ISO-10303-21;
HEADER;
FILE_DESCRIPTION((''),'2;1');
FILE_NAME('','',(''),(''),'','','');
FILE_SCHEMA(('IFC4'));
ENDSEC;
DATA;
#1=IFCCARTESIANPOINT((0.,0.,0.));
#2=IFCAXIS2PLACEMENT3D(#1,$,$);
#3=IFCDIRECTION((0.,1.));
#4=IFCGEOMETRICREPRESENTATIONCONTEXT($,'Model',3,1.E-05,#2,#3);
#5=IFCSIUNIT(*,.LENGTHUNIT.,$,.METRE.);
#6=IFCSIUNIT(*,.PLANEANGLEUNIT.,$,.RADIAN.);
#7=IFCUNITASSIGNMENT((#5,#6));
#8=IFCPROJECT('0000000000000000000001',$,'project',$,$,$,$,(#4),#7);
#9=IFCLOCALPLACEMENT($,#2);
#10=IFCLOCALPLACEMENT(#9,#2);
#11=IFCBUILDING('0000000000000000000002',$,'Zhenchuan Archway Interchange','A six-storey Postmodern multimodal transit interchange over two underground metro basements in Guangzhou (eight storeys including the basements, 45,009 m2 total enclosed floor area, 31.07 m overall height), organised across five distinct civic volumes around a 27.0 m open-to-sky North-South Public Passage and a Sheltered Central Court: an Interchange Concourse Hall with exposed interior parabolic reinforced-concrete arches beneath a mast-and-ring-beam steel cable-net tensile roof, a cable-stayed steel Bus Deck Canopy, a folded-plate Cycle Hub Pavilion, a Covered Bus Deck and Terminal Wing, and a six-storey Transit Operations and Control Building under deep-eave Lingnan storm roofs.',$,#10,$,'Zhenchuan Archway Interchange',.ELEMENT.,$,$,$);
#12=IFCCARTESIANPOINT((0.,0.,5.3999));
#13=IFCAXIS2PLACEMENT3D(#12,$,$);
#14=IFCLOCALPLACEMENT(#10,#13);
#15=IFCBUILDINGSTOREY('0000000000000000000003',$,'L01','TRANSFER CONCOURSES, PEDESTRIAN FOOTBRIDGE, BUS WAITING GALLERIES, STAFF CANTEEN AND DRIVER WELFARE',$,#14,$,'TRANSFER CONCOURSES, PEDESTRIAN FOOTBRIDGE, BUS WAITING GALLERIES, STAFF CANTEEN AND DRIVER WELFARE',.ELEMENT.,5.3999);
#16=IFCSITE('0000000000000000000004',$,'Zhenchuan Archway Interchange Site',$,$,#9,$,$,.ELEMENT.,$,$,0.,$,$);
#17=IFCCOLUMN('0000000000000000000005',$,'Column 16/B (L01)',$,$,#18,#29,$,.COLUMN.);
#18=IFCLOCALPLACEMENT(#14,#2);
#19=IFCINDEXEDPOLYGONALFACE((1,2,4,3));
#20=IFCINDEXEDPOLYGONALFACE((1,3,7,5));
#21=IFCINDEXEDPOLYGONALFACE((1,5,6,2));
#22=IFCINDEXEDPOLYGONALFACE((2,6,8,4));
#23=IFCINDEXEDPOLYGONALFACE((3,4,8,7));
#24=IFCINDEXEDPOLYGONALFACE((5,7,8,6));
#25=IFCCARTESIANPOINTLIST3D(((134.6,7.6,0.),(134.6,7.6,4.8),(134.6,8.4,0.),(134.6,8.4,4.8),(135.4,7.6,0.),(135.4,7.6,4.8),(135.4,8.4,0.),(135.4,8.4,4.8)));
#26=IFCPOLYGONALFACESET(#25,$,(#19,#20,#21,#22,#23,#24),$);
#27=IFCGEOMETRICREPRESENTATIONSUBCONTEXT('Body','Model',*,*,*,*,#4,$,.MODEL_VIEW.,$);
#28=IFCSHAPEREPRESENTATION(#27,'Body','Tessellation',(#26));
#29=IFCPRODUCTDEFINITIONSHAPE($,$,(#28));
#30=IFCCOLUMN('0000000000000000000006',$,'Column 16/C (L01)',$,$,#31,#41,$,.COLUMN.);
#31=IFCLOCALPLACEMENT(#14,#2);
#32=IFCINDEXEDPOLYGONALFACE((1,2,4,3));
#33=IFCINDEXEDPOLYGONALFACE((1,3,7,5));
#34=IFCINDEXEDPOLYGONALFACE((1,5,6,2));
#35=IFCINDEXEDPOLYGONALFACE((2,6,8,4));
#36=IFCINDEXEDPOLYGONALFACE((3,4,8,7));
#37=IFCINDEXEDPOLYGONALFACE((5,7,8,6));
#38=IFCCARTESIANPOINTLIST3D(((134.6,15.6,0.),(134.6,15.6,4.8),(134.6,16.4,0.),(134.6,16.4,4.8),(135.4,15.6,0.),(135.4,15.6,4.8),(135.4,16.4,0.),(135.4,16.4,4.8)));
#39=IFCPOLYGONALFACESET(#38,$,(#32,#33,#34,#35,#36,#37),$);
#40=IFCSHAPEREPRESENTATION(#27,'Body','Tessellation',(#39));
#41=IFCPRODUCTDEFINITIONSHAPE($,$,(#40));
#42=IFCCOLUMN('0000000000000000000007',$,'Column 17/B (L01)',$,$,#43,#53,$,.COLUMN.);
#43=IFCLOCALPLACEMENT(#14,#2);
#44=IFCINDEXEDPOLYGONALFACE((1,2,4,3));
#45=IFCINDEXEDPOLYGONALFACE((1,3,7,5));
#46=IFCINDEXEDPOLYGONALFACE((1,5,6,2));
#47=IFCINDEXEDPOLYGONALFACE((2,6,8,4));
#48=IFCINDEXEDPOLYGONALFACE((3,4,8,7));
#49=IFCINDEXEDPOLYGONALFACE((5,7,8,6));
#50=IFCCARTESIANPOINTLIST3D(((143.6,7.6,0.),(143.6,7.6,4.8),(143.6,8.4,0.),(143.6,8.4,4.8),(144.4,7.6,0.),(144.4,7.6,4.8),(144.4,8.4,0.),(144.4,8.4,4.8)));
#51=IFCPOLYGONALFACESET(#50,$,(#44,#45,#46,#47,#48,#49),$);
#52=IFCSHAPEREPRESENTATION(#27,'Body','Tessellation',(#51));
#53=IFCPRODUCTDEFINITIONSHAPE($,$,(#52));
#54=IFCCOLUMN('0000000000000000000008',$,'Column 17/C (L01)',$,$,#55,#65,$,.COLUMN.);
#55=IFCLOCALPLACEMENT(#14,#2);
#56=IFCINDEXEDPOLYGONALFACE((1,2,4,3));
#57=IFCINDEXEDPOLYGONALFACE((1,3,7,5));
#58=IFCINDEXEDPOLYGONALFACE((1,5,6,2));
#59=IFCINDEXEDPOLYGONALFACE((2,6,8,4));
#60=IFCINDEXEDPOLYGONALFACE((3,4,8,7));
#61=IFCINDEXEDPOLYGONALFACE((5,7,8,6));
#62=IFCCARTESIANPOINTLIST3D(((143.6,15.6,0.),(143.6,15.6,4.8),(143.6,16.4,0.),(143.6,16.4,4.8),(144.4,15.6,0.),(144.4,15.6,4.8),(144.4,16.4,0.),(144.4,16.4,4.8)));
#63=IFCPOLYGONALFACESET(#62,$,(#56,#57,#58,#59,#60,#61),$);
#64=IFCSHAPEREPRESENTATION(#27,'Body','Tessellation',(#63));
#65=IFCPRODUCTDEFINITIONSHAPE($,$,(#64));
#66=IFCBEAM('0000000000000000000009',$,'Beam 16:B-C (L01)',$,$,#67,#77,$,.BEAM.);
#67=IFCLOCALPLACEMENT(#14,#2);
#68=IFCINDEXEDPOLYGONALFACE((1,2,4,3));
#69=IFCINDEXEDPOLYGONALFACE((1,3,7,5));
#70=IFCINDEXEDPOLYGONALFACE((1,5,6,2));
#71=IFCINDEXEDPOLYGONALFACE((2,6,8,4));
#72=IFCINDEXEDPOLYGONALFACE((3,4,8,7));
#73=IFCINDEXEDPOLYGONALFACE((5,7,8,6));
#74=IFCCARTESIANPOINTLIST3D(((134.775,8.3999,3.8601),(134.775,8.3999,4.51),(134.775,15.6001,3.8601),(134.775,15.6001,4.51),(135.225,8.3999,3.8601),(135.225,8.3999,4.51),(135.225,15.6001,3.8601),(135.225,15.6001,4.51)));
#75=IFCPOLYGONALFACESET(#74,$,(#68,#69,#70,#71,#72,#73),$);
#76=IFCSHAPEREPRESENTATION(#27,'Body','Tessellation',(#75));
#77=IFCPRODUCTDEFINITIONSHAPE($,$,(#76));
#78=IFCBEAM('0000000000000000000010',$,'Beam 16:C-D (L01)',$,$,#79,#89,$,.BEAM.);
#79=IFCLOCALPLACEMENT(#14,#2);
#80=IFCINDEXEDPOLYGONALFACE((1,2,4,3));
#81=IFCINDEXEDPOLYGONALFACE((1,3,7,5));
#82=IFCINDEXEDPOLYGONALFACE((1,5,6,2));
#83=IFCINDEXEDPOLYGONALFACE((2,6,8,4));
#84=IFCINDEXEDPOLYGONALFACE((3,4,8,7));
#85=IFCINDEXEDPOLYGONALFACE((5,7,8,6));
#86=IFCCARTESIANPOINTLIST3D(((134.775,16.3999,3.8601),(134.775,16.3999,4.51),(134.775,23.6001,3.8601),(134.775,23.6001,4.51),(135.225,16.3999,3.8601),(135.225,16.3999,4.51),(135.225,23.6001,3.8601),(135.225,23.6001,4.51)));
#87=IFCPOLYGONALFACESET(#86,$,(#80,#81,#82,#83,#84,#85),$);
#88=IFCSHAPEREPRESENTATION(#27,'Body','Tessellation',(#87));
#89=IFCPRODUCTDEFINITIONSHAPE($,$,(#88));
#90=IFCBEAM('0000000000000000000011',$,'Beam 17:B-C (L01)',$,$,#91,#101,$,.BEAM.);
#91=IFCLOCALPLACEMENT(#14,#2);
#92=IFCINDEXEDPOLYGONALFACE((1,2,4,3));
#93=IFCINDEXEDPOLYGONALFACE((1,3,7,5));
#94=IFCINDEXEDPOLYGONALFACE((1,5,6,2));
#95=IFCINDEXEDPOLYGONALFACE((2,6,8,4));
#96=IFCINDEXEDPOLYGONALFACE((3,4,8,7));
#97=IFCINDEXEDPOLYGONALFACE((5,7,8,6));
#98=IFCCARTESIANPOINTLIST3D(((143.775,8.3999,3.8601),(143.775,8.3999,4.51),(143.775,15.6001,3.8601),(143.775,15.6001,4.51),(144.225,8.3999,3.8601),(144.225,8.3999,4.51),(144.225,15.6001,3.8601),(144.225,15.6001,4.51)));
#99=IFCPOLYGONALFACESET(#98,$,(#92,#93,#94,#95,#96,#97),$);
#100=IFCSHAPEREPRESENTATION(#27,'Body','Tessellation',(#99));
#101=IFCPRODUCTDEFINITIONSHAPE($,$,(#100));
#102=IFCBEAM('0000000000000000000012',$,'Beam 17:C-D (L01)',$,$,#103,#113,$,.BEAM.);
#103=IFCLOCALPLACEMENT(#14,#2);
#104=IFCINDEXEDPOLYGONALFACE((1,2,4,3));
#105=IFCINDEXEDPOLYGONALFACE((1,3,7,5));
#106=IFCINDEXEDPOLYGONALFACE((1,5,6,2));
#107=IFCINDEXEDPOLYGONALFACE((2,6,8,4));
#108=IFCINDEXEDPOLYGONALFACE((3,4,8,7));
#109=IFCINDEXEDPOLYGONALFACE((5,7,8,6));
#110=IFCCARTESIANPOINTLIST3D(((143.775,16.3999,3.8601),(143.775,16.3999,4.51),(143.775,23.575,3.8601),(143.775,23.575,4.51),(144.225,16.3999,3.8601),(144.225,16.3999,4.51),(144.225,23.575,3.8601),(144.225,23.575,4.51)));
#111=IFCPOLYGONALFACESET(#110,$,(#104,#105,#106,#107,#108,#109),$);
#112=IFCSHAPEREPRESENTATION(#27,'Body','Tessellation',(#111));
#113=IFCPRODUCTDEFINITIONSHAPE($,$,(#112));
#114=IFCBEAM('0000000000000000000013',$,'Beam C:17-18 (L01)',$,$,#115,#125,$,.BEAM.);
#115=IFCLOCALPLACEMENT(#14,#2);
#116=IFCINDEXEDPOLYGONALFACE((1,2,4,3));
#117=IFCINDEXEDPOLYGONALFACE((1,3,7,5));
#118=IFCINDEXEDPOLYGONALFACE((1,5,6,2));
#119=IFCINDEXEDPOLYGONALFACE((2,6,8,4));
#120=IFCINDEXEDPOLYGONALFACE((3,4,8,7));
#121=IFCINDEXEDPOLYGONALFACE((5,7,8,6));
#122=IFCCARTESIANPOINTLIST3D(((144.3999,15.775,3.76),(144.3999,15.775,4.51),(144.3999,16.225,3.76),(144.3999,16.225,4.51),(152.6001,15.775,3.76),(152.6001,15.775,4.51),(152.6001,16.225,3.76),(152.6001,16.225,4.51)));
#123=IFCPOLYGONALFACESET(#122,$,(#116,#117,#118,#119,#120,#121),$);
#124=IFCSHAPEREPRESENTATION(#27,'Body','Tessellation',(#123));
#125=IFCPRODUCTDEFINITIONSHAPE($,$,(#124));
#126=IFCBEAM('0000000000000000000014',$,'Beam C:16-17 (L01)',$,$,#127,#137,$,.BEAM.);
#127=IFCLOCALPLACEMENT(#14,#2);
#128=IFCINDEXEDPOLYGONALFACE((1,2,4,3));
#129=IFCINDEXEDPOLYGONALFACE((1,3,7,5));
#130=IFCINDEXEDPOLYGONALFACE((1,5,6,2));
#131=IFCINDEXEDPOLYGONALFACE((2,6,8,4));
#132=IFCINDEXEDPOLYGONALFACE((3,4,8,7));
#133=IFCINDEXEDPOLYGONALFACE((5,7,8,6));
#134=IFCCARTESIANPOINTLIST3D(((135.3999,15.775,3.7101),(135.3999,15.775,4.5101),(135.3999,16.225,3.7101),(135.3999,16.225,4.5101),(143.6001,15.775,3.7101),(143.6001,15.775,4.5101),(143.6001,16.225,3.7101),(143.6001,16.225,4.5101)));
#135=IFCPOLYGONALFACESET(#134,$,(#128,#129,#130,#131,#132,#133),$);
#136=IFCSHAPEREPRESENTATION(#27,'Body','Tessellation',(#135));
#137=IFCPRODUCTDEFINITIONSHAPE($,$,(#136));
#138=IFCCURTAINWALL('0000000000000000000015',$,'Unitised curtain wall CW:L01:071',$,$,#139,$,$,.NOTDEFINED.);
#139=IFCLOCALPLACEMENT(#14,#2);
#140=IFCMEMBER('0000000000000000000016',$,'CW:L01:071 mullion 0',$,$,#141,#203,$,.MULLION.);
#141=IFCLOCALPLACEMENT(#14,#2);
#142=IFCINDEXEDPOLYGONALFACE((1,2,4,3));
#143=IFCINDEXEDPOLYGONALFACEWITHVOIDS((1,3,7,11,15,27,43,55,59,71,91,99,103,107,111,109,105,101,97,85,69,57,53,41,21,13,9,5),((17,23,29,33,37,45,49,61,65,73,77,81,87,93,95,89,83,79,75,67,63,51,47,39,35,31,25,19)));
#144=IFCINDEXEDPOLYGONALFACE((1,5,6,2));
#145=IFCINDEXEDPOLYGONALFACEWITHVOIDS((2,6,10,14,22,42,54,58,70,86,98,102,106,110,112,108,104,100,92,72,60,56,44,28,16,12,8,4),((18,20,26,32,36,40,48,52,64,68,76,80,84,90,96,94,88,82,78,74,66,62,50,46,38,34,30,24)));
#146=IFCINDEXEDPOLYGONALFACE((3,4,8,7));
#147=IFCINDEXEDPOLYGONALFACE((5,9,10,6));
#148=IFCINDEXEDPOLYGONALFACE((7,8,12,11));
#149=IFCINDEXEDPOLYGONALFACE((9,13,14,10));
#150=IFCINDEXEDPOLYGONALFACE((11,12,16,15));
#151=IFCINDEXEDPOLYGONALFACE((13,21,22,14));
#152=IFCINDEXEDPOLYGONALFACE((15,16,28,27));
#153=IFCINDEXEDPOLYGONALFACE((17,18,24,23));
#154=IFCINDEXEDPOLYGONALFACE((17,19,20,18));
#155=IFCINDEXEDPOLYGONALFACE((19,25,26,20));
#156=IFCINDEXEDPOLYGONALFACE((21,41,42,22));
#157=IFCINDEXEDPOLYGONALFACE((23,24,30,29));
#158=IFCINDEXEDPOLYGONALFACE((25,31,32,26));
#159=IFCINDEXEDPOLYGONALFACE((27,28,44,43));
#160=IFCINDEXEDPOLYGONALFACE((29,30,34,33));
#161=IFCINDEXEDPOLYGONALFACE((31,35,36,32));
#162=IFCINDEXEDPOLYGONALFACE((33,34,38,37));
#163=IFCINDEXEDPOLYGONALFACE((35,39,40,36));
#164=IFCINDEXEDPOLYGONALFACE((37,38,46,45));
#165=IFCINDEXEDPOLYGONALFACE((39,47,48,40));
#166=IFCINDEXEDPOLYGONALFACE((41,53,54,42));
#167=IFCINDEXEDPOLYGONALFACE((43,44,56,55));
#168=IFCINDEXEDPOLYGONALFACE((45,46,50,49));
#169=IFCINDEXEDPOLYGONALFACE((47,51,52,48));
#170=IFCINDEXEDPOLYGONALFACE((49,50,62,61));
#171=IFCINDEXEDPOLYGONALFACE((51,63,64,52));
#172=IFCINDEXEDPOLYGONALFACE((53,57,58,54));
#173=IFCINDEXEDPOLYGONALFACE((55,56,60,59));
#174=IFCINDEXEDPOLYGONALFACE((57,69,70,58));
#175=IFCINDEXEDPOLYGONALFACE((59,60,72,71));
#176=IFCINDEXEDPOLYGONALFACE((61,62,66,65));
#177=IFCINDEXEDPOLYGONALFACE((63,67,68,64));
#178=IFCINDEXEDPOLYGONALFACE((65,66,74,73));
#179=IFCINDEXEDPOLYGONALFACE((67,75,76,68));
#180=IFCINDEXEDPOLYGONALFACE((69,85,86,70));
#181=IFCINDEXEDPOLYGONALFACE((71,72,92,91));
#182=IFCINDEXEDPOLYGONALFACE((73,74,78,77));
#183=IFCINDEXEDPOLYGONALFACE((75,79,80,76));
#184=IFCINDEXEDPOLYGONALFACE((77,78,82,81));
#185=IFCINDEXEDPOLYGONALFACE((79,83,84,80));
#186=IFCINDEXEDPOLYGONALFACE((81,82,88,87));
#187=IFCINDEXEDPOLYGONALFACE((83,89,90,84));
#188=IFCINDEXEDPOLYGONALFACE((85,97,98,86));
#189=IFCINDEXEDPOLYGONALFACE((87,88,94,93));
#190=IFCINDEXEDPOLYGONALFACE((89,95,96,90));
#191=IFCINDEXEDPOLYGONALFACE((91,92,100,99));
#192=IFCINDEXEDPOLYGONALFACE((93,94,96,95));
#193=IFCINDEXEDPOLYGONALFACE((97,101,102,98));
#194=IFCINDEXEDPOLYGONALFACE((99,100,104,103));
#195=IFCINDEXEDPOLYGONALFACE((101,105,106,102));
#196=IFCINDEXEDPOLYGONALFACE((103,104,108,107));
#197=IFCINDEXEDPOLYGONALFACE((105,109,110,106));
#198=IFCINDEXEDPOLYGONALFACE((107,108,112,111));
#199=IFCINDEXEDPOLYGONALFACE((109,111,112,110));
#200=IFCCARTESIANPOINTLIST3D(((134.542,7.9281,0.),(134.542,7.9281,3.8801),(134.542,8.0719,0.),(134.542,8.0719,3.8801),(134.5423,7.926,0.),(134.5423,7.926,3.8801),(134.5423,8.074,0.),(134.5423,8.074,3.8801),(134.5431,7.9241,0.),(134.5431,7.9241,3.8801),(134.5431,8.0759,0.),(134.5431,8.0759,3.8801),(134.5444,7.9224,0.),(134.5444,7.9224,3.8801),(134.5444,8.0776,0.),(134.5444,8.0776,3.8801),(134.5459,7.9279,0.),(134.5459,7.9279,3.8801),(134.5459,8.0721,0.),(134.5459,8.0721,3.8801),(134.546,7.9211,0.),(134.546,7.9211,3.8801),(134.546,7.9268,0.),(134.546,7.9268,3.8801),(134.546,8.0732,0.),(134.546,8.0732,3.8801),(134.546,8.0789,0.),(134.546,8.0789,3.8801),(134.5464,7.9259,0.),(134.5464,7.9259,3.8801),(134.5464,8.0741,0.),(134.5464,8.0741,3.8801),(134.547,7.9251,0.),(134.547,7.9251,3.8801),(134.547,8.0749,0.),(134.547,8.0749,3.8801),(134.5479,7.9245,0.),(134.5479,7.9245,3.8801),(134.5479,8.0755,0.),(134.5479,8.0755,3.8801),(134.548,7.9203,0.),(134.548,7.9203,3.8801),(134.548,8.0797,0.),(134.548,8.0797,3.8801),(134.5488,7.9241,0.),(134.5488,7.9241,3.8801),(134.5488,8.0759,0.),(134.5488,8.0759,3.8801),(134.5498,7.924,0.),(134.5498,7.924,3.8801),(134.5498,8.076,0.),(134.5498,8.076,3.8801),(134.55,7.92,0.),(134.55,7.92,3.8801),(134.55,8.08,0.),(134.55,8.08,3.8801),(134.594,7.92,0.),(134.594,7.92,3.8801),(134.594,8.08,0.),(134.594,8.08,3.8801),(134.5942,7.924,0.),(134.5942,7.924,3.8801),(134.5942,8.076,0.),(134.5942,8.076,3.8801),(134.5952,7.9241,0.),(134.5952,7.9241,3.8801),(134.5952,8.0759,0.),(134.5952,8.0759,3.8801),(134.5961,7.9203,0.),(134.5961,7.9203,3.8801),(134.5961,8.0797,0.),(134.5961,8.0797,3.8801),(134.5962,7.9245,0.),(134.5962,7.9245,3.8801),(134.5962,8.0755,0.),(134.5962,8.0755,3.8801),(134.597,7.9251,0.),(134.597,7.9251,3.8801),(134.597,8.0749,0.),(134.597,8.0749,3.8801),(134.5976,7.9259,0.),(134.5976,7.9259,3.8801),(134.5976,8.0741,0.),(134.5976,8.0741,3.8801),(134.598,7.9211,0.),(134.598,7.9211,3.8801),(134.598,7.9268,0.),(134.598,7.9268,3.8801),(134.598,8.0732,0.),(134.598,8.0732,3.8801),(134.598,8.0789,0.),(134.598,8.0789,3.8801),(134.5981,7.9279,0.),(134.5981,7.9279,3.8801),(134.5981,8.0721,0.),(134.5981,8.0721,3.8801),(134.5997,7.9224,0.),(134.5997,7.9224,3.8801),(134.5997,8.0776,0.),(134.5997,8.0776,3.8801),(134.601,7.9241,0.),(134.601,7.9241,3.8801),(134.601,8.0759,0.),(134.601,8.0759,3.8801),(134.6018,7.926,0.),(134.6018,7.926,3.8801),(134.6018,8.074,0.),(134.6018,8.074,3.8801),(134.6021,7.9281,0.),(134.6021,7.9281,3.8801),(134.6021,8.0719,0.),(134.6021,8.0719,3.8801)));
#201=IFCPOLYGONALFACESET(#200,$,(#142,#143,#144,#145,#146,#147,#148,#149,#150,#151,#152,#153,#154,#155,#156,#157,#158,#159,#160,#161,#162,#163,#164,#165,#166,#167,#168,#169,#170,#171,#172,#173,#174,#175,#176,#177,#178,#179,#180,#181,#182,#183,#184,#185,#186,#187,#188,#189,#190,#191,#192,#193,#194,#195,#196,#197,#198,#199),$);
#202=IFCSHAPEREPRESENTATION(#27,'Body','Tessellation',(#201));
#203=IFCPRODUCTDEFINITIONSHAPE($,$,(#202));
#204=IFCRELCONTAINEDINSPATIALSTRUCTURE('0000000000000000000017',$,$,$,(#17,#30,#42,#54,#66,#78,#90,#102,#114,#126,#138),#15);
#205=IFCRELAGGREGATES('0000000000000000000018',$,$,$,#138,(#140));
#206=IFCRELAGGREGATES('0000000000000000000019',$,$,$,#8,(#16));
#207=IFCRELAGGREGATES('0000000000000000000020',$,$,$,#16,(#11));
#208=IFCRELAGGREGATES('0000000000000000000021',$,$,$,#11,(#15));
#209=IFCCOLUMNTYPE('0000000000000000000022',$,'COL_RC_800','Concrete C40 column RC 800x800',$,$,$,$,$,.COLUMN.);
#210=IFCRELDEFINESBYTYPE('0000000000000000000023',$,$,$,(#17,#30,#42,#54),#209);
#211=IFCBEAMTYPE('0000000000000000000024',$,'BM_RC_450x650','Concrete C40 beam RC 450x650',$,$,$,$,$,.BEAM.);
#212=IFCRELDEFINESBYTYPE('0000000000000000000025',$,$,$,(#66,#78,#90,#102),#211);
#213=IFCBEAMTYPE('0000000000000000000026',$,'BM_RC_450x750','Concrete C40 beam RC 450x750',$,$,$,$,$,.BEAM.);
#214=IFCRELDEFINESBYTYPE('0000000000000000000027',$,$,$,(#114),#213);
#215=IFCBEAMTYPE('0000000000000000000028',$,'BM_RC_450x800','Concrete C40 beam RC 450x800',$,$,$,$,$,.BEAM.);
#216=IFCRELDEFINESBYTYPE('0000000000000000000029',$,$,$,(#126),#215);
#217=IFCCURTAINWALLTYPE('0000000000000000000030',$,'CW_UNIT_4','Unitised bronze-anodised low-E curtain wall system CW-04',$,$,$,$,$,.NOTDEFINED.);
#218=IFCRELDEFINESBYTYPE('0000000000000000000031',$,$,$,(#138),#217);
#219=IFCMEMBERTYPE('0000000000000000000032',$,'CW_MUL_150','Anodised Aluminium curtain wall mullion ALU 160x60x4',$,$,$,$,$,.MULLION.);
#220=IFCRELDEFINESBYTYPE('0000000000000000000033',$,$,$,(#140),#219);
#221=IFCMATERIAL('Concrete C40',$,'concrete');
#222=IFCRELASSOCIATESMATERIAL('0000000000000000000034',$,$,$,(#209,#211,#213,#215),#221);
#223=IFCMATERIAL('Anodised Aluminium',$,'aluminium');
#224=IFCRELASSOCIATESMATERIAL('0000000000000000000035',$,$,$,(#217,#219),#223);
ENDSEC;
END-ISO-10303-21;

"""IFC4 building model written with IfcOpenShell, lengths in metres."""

from ifc_helpers import new_model, si_unit, direction, frame, origin, origin_2d, place, context, subcontext, project, spatial, rectangle, hollow_rectangle, extrude, material, material_profile, profile_set, type_object, element, aggregate, save


model = new_model("IFC4")

# Units and contexts
model_context = context("Model", 3, precision=1e-05, world=origin(), true_north=direction((0.0, 1.0)))
body_context = subcontext(model_context, "Body", "Model", "MODEL_VIEW")
ifc_project = project(units=[si_unit("LENGTHUNIT", "METRE"), si_unit("PLANEANGLEUNIT", "RADIAN")], contexts=[model_context])

# Site, building, storey
site_placement = place(None, origin())
site = spatial("IfcSite", under=ifc_project, at=site_placement, Name="Zhenchuan Archway Interchange Site", CompositionType="ELEMENT", RefElevation=0.0)
building_placement = place(site_placement, origin())
building = spatial("IfcBuilding", under=site, at=building_placement, Name="Zhenchuan Archway Interchange", Description="A six-storey Postmodern multimodal transit interchange over two underground metro basements in Guangzhou (eight storeys including the basements, 45,009 m2 total enclosed floor area, 31.07 m overall height), organised across five distinct civic volumes around a 27.0 m open-to-sky North-South Public Passage and a Sheltered Central Court: an Interchange Concourse Hall with exposed interior parabolic reinforced-concrete arches beneath a mast-and-ring-beam steel cable-net tensile roof, a cable-stayed steel Bus Deck Canopy, a folded-plate Cycle Hub Pavilion, a Covered Bus Deck and Terminal Wing, and a six-storey Transit Operations and Control Building under deep-eave Lingnan storm roofs.", LongName="Zhenchuan Archway Interchange", CompositionType="ELEMENT")
storey_placement = place(building_placement, frame((0.0, 0.0, 5.3999)))
storey = spatial("IfcBuildingStorey", under=building, at=storey_placement, Name="L01", Description="TRANSFER CONCOURSES, PEDESTRIAN FOOTBRIDGE, BUS WAITING GALLERIES, STAFF CANTEEN AND DRIVER WELFARE", LongName="TRANSFER CONCOURSES, PEDESTRIAN FOOTBRIDGE, BUS WAITING GALLERIES, STAFF CANTEEN AND DRIVER WELFARE", CompositionType="ELEMENT", Elevation=5.3999)

# Columns
ifc_material_1 = material(Name="Concrete C40", Category="concrete")
ifc_material_profile_1 = material_profile(ifc_material_1, rectangle(XDim=0.8, YDim=0.8, at=origin_2d()), Name="RC 800x800")
ifc_profile_set_1 = profile_set([ifc_material_profile_1], Name="Concrete C40")
column_type = type_object("IfcColumnType", Name="COL_RC_800", Description="Concrete C40 column RC 800x800", PredefinedType="COLUMN", material=ifc_profile_set_1)
for number, where, z_axis, x_axis, name in (
    (1, (135.0, 8.0, 0.0), (0.0, 0.0, 1.0), (1.0, 0.0, 0.0), "Column 16/B (L01)"),
    (2, (135.0, 16.0, 0.0), (0.0, 0.0, 1.0), (1.0, 0.0, 0.0), "Column 16/C (L01)"),
    (3, (144.0, 8.0, 0.0), (0.0, 0.0, 1.0), (1.0, 0.0, 0.0), "Column 17/B (L01)"),
    (4, (144.0, 16.0, 0.0), (0.0, 0.0, 1.0), (1.0, 0.0, 0.0), "Column 17/C (L01)"),
):
    element("IfcColumn", number, at=place(storey_placement, frame(where, z_axis=z_axis, x_axis=x_axis)), inside=storey, type_object=column_type, Name=name, PredefinedType="COLUMN", context=body_context, shape_type="SweptSolid", body=[
        extrude(rectangle(XDim=0.8, YDim=0.8, at=origin_2d()), origin(), (0.0, 0.0, 1.0), 4.8),
    ])

# Beams
ifc_material_profile_2 = material_profile(ifc_material_1, rectangle(XDim=0.45, YDim=0.6499, at=origin_2d()), Name="RC 450x650")
ifc_profile_set_2 = profile_set([ifc_material_profile_2], Name="Concrete C40")
beam_type_1 = type_object("IfcBeamType", Name="BM_RC_450x650", Description="Concrete C40 beam RC 450x650", PredefinedType="BEAM", material=ifc_profile_set_2)
for number, where, z_axis, x_axis, name in (
    (5, (135.0, 8.3999, 4.1851), (0.0, 1.0, 0.0), (-1.0, 0.0, 0.0), "Beam 16:B-C (L01)"),
    (6, (135.0, 16.3999, 4.1851), (0.0, 1.0, 0.0), (-1.0, 0.0, 0.0), "Beam 16:C-D (L01)"),
    (7, (144.0, 8.3999, 4.1851), (0.0, 1.0, 0.0), (-1.0, 0.0, 0.0), "Beam 17:B-C (L01)"),
):
    element("IfcBeam", number, at=place(storey_placement, frame(where, z_axis=z_axis, x_axis=x_axis)), inside=storey, type_object=beam_type_1, Name=name, PredefinedType="BEAM", context=body_context, shape_type="SweptSolid", body=[
        extrude(rectangle(XDim=0.45, YDim=0.6499, at=origin_2d()), origin(), (0.0, 0.0, 1.0), 7.2002),
    ])
beam_1_placement = place(storey_placement, frame((144.0, 16.3999, 4.1851), z_axis=(0.0, 1.0, 0.0), x_axis=(-1.0, 0.0, 0.0)))
element("IfcBeam", 8, at=beam_1_placement, inside=storey, type_object=beam_type_1, Name="Beam 17:C-D (L01)", PredefinedType="BEAM", context=body_context, shape_type="SweptSolid", body=[
    extrude(rectangle(XDim=0.45, YDim=0.6499, at=origin_2d()), origin(), (0.0, 0.0, 1.0), 7.175),
])
ifc_material_profile_3 = material_profile(ifc_material_1, rectangle(XDim=0.45, YDim=0.75, at=origin_2d()), Name="RC 450x750")
ifc_profile_set_3 = profile_set([ifc_material_profile_3], Name="Concrete C40")
beam_type_2 = type_object("IfcBeamType", Name="BM_RC_450x750", Description="Concrete C40 beam RC 450x750", PredefinedType="BEAM", material=ifc_profile_set_3)
beam_2_placement = place(storey_placement, frame((144.3999, 16.0, 4.135), z_axis=(1.0, 0.0, 0.0), x_axis=(0.0, 1.0, 0.0)))
element("IfcBeam", 9, at=beam_2_placement, inside=storey, type_object=beam_type_2, Name="Beam C:17-18 (L01)", PredefinedType="BEAM", context=body_context, shape_type="SweptSolid", body=[
    extrude(rectangle(XDim=0.45, YDim=0.75, at=origin_2d()), origin(), (0.0, 0.0, 1.0), 8.2002),
])
ifc_material_profile_4 = material_profile(ifc_material_1, rectangle(XDim=0.45, YDim=0.8, at=origin_2d()), Name="RC 450x800")
ifc_profile_set_4 = profile_set([ifc_material_profile_4], Name="Concrete C40")
beam_type_3 = type_object("IfcBeamType", Name="BM_RC_450x800", Description="Concrete C40 beam RC 450x800", PredefinedType="BEAM", material=ifc_profile_set_4)
beam_3_placement = place(storey_placement, frame((135.3999, 16.0, 4.1101), z_axis=(1.0, 0.0, 0.0), x_axis=(0.0, 1.0, 0.0)))
element("IfcBeam", 10, at=beam_3_placement, inside=storey, type_object=beam_type_3, Name="Beam C:16-17 (L01)", PredefinedType="BEAM", context=body_context, shape_type="SweptSolid", body=[
    extrude(rectangle(XDim=0.45, YDim=0.8, at=origin_2d()), origin(), (0.0, 0.0, 1.0), 8.2002),
])

# Curtain wall, member
ifc_material_2 = material(Name="Anodised Aluminium", Category="aluminium")
curtain_wall_type = type_object("IfcCurtainWallType", Name="CW_UNIT_4", Description="Unitised bronze-anodised low-E curtain wall system CW-04", PredefinedType="NOTDEFINED", material=ifc_material_2)
curtain_wall_placement = place(storey_placement, origin())
curtain_wall = element("IfcCurtainWall", 11, at=curtain_wall_placement, inside=storey, type_object=curtain_wall_type, Name="Unitised curtain wall CW:L01:071", PredefinedType="NOTDEFINED")
ifc_material_profile_5 = material_profile(ifc_material_2, hollow_rectangle(XDim=0.0601, YDim=0.1599, WallThickness=0.0039, InnerFilletRadius=0.0039, OuterFilletRadius=0.0081, at=origin_2d()), Name="ALU 160x60x4")
ifc_profile_set_5 = profile_set([ifc_material_profile_5], Name="Anodised Aluminium")
member_type_1 = type_object("IfcMemberType", Name="CW_MUL_150", Description="Anodised Aluminium curtain wall mullion ALU 160x60x4", PredefinedType="MULLION", material=ifc_profile_set_5)
member_1_placement = place(storey_placement, frame((134.572, 8.0, 0.0), z_axis=(0.0, 0.0, 1.0), x_axis=(1.0, 0.0, 0.0)))
member_1 = element("IfcMember", 12, at=member_1_placement, type_object=member_type_1, Name="CW:L01:071 mullion 0", PredefinedType="MULLION", context=body_context, shape_type="SweptSolid", body=[
    extrude(hollow_rectangle(XDim=0.0601, YDim=0.1599, WallThickness=0.0039, InnerFilletRadius=0.0039, OuterFilletRadius=0.0081, at=origin_2d()), origin(), (0.0, 0.0, 1.0), 3.8801),
])

aggregate(curtain_wall, [member_1])

save(model, "model.ifc")
